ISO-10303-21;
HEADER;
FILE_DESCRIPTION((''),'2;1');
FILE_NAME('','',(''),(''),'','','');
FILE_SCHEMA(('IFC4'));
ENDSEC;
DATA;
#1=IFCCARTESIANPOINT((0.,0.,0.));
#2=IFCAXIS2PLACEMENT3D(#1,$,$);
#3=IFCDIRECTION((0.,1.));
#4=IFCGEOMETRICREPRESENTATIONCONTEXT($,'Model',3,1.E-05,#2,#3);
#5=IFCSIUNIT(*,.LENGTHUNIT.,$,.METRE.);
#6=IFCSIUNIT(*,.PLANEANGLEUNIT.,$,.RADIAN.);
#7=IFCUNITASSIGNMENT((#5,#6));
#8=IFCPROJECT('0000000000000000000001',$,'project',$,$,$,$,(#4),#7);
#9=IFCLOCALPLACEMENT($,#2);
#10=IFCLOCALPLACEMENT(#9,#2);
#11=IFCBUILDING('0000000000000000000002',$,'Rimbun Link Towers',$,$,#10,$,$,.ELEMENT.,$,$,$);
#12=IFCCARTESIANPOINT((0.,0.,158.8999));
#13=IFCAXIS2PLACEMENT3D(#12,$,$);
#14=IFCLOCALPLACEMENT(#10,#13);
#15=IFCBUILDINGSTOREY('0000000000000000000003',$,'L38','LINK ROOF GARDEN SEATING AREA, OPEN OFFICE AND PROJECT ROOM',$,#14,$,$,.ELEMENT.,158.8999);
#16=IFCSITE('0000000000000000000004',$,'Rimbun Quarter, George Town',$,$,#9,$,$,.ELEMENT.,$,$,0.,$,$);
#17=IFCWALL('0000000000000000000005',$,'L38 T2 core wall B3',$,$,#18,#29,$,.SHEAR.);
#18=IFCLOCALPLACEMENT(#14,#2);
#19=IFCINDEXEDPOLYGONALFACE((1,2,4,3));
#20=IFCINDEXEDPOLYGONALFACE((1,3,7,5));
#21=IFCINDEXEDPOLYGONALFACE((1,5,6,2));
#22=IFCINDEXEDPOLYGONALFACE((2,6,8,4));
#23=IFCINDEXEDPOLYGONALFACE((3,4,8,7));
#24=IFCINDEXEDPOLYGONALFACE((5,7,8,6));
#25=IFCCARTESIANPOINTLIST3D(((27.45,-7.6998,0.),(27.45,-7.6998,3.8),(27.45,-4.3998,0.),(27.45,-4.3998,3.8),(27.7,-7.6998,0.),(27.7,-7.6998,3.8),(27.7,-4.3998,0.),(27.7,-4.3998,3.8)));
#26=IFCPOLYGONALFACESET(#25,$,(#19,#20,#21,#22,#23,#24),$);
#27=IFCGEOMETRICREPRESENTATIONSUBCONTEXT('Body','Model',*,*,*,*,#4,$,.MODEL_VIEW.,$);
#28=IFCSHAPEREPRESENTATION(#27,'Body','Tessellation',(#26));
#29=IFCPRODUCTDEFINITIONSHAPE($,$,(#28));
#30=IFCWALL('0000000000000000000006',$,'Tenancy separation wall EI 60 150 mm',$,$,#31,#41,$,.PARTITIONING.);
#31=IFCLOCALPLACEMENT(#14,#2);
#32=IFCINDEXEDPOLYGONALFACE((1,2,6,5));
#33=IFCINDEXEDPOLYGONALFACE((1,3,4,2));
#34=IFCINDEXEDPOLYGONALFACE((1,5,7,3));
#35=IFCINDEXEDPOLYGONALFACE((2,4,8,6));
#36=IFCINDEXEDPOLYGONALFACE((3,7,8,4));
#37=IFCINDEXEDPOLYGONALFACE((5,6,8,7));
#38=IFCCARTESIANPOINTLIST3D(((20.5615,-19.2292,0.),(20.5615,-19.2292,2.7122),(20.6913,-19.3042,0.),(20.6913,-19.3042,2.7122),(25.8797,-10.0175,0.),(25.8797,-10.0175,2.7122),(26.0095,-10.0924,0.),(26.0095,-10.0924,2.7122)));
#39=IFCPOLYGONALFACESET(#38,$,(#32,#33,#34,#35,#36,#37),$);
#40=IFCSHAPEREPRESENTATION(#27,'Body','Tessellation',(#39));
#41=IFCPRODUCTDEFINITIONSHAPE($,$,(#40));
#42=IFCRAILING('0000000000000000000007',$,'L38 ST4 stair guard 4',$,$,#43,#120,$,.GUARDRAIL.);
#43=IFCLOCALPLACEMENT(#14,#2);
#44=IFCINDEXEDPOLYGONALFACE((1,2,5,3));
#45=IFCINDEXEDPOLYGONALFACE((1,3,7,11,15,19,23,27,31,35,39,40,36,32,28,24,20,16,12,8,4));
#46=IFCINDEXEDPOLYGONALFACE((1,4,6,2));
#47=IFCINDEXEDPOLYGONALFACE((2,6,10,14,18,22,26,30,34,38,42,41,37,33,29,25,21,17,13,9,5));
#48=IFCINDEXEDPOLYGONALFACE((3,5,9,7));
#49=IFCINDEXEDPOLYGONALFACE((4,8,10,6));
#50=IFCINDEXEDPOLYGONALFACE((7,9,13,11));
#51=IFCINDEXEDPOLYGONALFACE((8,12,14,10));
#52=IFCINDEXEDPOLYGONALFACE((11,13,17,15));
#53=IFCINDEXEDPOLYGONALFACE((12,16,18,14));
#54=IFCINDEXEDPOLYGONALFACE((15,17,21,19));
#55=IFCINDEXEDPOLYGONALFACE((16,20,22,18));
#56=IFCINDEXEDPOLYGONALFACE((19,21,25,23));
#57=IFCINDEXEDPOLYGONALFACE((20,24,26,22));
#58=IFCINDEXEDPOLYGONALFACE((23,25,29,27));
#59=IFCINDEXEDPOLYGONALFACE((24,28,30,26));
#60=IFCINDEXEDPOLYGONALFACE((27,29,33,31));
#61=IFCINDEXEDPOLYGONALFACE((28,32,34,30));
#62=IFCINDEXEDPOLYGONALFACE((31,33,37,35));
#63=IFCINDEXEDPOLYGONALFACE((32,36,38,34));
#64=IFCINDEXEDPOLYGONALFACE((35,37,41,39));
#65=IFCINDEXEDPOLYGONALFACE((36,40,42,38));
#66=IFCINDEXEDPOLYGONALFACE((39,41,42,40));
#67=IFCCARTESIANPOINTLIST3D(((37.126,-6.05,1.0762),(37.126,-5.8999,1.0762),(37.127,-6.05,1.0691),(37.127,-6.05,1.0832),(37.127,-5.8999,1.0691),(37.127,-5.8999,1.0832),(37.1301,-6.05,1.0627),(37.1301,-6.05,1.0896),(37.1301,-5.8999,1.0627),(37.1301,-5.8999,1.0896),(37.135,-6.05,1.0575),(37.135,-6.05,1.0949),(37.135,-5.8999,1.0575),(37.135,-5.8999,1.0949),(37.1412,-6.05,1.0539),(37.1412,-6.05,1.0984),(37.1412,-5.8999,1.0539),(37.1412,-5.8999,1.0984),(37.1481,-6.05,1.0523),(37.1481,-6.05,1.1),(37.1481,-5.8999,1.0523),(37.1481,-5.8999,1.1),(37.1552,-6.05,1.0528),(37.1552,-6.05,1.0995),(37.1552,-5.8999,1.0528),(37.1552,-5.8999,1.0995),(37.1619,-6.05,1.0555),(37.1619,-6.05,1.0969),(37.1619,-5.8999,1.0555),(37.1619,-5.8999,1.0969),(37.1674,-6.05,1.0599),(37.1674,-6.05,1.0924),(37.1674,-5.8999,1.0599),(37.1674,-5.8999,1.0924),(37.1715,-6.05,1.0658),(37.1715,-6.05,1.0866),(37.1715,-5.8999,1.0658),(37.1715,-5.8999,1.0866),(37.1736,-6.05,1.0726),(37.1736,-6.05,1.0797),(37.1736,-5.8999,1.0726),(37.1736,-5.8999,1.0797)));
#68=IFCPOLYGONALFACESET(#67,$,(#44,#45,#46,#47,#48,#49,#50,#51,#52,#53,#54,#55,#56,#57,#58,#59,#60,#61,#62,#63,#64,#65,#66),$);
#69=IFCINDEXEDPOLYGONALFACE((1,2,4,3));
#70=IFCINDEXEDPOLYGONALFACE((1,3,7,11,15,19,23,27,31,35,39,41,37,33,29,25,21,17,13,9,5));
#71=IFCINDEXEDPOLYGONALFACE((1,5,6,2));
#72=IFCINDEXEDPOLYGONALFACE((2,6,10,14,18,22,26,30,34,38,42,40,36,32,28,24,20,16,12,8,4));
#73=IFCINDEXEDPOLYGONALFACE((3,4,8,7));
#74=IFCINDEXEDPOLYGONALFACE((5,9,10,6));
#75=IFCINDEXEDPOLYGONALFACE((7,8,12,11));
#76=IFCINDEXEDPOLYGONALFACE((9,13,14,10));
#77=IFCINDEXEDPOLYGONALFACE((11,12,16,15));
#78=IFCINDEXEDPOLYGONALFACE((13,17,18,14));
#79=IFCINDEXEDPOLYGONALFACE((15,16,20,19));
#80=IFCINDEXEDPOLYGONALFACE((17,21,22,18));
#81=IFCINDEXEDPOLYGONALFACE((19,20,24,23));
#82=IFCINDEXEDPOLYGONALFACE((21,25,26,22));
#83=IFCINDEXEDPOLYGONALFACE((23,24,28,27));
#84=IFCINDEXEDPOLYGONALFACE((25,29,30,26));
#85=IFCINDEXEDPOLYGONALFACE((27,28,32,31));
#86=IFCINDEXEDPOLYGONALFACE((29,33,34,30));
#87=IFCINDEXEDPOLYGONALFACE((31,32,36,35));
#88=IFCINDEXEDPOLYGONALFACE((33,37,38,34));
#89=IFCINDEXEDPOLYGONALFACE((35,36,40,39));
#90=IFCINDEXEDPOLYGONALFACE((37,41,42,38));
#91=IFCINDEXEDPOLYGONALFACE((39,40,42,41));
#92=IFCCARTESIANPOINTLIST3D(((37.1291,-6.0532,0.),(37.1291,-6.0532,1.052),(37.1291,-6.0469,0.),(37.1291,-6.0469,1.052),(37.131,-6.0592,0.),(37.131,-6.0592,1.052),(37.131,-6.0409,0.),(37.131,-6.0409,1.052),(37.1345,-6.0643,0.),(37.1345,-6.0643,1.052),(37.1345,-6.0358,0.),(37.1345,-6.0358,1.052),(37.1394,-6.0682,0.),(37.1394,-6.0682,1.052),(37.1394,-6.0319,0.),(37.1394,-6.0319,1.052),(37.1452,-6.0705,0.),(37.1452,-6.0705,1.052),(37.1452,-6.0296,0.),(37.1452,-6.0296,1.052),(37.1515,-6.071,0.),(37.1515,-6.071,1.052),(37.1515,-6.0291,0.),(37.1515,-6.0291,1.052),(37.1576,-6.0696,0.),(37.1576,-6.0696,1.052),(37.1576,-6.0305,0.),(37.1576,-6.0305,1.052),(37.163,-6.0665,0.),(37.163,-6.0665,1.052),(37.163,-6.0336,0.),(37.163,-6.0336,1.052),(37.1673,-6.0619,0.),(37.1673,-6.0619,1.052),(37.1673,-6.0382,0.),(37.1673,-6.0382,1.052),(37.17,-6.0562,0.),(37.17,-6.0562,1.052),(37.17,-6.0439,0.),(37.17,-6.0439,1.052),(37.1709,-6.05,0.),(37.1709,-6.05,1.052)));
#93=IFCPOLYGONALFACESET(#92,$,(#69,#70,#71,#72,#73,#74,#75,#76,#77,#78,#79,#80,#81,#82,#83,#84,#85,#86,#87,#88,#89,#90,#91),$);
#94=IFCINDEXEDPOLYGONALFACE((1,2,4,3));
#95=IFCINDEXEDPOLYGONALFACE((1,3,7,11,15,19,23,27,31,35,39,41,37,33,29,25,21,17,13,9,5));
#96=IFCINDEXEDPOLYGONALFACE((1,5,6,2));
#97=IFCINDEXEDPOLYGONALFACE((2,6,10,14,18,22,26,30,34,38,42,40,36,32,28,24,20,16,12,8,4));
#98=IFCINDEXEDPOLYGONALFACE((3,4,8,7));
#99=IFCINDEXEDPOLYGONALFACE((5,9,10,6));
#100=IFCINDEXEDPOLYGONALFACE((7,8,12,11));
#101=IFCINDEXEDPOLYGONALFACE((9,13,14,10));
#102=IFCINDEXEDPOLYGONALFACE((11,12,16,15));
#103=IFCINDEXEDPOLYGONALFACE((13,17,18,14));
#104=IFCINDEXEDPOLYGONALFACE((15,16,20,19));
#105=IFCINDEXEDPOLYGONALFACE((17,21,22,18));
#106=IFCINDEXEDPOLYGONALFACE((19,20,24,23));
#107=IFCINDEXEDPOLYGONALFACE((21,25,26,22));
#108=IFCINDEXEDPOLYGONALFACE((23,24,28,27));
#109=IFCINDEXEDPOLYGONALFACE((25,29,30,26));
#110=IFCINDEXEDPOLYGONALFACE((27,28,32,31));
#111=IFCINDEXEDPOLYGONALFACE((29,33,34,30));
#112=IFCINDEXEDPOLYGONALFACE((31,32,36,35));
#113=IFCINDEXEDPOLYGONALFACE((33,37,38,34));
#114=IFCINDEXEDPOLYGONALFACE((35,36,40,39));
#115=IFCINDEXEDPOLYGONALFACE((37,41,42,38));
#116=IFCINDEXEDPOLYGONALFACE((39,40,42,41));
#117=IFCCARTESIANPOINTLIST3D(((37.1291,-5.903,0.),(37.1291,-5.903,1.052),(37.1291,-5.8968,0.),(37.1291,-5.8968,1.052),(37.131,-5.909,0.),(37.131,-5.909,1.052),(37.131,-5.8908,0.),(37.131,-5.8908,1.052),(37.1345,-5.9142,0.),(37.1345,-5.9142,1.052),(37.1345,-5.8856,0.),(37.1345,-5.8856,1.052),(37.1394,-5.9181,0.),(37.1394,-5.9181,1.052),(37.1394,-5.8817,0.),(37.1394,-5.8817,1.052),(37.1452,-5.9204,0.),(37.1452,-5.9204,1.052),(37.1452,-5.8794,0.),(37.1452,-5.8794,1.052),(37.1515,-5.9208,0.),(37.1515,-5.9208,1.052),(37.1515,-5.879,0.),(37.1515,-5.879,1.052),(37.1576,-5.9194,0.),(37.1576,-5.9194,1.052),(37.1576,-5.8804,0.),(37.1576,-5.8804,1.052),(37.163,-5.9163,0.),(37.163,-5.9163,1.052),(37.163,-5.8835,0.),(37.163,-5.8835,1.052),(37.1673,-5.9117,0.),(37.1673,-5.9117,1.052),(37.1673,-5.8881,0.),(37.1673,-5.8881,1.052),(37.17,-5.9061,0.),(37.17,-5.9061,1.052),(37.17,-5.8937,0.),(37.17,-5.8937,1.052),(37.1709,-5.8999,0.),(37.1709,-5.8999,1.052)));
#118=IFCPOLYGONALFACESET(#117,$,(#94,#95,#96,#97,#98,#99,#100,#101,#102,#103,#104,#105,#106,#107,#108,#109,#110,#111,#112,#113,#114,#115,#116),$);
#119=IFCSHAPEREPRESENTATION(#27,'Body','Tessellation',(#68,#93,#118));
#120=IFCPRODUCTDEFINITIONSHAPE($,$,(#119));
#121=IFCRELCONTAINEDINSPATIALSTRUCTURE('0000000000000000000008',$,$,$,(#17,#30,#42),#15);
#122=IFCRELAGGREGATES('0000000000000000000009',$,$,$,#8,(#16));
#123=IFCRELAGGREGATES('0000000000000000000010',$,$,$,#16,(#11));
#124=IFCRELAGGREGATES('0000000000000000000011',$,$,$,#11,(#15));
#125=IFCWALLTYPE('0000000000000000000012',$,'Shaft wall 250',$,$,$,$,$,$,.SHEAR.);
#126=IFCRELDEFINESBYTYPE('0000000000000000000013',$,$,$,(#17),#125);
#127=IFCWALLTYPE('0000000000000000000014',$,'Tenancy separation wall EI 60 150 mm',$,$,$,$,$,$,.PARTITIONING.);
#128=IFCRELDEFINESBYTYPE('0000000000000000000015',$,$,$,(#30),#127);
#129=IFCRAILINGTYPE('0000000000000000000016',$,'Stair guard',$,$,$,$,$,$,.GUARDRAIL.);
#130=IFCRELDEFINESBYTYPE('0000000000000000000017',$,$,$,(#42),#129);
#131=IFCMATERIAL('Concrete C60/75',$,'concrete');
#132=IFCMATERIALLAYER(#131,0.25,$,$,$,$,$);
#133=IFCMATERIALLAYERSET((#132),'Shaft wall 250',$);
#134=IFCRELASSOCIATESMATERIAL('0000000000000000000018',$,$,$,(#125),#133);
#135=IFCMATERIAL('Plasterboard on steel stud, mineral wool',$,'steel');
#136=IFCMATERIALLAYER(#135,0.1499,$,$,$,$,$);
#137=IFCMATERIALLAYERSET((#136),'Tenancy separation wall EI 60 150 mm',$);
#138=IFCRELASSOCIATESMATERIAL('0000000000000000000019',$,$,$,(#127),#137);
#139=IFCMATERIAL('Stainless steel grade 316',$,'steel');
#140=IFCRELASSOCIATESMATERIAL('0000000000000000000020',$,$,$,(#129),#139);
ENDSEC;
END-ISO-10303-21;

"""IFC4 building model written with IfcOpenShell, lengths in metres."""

from ifc_helpers import new_model, si_unit, direction, frame, frame_2d, origin, origin_2d, place, context, subcontext, project, spatial, rectangle, circle, extrude, material, layer, layer_set, type_object, element, save


model = new_model("IFC4")

# Units and contexts
model_context = context("Model", 3, precision=1e-05, world=origin(), true_north=direction((0.0, 1.0)))
body_context = subcontext(model_context, "Body", "Model", "MODEL_VIEW")
ifc_project = project(units=[si_unit("LENGTHUNIT", "METRE"), si_unit("PLANEANGLEUNIT", "RADIAN")], contexts=[model_context])

# Site, building, storey
site_placement = place(None, origin())
site = spatial("IfcSite", under=ifc_project, at=site_placement, Name="Rimbun Quarter, George Town", CompositionType="ELEMENT", RefElevation=0.0)
building_placement = place(site_placement, origin())
building = spatial("IfcBuilding", under=site, at=building_placement, Name="Rimbun Link Towers", CompositionType="ELEMENT")
storey_placement = place(building_placement, frame((0.0, 0.0, 158.8999)))
storey = spatial("IfcBuildingStorey", under=building, at=storey_placement, Name="L38", Description="LINK ROOF GARDEN SEATING AREA, OPEN OFFICE AND PROJECT ROOM", CompositionType="ELEMENT", Elevation=158.8999)

# Shared definitions
ifc_material_1 = material(Name="Concrete C60/75", Category="concrete")
ifc_layer_1 = layer(ifc_material_1, 0.25)
ifc_layer_set_1 = layer_set([ifc_layer_1], Name="Shaft wall 250")
wall_type_1 = type_object("IfcWallType", Name="Shaft wall 250", PredefinedType="SHEAR", material=ifc_layer_set_1)

# Walls
wall_1_placement = place(storey_placement, frame((27.575, -4.3999, 0.0), z_axis=(0.0, 0.0, 1.0), x_axis=(0.0, -1.0, 0.0)))
element("IfcWall", 1, at=wall_1_placement, inside=storey, type_object=wall_type_1, Name="L38 T2 core wall B3", PredefinedType="SHEAR", context=body_context, shape_type="SweptSolid", body=[
    extrude(rectangle(XDim=3.3, YDim=0.25, at=frame_2d((1.6499, 0.0))), origin(), (0.0, 0.0, 1.0), 3.8),
])
ifc_material_2 = material(Name="Plasterboard on steel stud, mineral wool", Category="steel")
ifc_layer_2 = layer(ifc_material_2, 0.1499)
ifc_layer_set_2 = layer_set([ifc_layer_2], Name="Tenancy separation wall EI 60 150 mm")
wall_type_2 = type_object("IfcWallType", Name="Tenancy separation wall EI 60 150 mm", PredefinedType="PARTITIONING", material=ifc_layer_set_2)
wall_2_placement = place(storey_placement, frame((25.9446, -10.0549, 0.0), z_axis=(0.0, 0.0, 1.0), x_axis=(-0.499983, -0.866035, 0.0)))
element("IfcWall", 2, at=wall_2_placement, inside=storey, type_object=wall_type_2, Name="Tenancy separation wall EI 60 150 mm", PredefinedType="PARTITIONING", context=body_context, shape_type="SweptSolid", body=[
    extrude(rectangle(XDim=10.6367, YDim=0.1499, at=frame_2d((5.3184, 0.0))), origin(), (0.0, 0.0, 1.0), 2.7122),
])

# Railing
ifc_material_3 = material(Name="Stainless steel grade 316", Category="steel")
railing_type_1 = type_object("IfcRailingType", Name="Stair guard", PredefinedType="GUARDRAIL", material=ifc_material_3)
railing_1_placement = place(storey_placement, frame((37.1499, -6.05, 0.0)))
element("IfcRailing", 3, at=railing_1_placement, inside=storey, type_object=railing_type_1, Name="L38 ST4 stair guard 4", PredefinedType="GUARDRAIL", context=body_context, shape_type="SweptSolid", body=[
    extrude(circle(Radius=0.0239, at=origin_2d()), frame((0.0, 0.0, 1.0762), z_axis=(0.0, 1.0, 0.0), x_axis=(-1.0, 0.0, 0.0)), (0.0, 0.0, 1.0), 0.1501),
    extrude(circle(Radius=0.021, at=origin_2d()), origin(), (0.0, 0.0, 1.0), 1.052),
    extrude(circle(Radius=0.021, at=origin_2d()), frame((0.0, 0.1501, 0.0)), (0.0, 0.0, 1.0), 1.052),
])

save(model, "model.ifc")
